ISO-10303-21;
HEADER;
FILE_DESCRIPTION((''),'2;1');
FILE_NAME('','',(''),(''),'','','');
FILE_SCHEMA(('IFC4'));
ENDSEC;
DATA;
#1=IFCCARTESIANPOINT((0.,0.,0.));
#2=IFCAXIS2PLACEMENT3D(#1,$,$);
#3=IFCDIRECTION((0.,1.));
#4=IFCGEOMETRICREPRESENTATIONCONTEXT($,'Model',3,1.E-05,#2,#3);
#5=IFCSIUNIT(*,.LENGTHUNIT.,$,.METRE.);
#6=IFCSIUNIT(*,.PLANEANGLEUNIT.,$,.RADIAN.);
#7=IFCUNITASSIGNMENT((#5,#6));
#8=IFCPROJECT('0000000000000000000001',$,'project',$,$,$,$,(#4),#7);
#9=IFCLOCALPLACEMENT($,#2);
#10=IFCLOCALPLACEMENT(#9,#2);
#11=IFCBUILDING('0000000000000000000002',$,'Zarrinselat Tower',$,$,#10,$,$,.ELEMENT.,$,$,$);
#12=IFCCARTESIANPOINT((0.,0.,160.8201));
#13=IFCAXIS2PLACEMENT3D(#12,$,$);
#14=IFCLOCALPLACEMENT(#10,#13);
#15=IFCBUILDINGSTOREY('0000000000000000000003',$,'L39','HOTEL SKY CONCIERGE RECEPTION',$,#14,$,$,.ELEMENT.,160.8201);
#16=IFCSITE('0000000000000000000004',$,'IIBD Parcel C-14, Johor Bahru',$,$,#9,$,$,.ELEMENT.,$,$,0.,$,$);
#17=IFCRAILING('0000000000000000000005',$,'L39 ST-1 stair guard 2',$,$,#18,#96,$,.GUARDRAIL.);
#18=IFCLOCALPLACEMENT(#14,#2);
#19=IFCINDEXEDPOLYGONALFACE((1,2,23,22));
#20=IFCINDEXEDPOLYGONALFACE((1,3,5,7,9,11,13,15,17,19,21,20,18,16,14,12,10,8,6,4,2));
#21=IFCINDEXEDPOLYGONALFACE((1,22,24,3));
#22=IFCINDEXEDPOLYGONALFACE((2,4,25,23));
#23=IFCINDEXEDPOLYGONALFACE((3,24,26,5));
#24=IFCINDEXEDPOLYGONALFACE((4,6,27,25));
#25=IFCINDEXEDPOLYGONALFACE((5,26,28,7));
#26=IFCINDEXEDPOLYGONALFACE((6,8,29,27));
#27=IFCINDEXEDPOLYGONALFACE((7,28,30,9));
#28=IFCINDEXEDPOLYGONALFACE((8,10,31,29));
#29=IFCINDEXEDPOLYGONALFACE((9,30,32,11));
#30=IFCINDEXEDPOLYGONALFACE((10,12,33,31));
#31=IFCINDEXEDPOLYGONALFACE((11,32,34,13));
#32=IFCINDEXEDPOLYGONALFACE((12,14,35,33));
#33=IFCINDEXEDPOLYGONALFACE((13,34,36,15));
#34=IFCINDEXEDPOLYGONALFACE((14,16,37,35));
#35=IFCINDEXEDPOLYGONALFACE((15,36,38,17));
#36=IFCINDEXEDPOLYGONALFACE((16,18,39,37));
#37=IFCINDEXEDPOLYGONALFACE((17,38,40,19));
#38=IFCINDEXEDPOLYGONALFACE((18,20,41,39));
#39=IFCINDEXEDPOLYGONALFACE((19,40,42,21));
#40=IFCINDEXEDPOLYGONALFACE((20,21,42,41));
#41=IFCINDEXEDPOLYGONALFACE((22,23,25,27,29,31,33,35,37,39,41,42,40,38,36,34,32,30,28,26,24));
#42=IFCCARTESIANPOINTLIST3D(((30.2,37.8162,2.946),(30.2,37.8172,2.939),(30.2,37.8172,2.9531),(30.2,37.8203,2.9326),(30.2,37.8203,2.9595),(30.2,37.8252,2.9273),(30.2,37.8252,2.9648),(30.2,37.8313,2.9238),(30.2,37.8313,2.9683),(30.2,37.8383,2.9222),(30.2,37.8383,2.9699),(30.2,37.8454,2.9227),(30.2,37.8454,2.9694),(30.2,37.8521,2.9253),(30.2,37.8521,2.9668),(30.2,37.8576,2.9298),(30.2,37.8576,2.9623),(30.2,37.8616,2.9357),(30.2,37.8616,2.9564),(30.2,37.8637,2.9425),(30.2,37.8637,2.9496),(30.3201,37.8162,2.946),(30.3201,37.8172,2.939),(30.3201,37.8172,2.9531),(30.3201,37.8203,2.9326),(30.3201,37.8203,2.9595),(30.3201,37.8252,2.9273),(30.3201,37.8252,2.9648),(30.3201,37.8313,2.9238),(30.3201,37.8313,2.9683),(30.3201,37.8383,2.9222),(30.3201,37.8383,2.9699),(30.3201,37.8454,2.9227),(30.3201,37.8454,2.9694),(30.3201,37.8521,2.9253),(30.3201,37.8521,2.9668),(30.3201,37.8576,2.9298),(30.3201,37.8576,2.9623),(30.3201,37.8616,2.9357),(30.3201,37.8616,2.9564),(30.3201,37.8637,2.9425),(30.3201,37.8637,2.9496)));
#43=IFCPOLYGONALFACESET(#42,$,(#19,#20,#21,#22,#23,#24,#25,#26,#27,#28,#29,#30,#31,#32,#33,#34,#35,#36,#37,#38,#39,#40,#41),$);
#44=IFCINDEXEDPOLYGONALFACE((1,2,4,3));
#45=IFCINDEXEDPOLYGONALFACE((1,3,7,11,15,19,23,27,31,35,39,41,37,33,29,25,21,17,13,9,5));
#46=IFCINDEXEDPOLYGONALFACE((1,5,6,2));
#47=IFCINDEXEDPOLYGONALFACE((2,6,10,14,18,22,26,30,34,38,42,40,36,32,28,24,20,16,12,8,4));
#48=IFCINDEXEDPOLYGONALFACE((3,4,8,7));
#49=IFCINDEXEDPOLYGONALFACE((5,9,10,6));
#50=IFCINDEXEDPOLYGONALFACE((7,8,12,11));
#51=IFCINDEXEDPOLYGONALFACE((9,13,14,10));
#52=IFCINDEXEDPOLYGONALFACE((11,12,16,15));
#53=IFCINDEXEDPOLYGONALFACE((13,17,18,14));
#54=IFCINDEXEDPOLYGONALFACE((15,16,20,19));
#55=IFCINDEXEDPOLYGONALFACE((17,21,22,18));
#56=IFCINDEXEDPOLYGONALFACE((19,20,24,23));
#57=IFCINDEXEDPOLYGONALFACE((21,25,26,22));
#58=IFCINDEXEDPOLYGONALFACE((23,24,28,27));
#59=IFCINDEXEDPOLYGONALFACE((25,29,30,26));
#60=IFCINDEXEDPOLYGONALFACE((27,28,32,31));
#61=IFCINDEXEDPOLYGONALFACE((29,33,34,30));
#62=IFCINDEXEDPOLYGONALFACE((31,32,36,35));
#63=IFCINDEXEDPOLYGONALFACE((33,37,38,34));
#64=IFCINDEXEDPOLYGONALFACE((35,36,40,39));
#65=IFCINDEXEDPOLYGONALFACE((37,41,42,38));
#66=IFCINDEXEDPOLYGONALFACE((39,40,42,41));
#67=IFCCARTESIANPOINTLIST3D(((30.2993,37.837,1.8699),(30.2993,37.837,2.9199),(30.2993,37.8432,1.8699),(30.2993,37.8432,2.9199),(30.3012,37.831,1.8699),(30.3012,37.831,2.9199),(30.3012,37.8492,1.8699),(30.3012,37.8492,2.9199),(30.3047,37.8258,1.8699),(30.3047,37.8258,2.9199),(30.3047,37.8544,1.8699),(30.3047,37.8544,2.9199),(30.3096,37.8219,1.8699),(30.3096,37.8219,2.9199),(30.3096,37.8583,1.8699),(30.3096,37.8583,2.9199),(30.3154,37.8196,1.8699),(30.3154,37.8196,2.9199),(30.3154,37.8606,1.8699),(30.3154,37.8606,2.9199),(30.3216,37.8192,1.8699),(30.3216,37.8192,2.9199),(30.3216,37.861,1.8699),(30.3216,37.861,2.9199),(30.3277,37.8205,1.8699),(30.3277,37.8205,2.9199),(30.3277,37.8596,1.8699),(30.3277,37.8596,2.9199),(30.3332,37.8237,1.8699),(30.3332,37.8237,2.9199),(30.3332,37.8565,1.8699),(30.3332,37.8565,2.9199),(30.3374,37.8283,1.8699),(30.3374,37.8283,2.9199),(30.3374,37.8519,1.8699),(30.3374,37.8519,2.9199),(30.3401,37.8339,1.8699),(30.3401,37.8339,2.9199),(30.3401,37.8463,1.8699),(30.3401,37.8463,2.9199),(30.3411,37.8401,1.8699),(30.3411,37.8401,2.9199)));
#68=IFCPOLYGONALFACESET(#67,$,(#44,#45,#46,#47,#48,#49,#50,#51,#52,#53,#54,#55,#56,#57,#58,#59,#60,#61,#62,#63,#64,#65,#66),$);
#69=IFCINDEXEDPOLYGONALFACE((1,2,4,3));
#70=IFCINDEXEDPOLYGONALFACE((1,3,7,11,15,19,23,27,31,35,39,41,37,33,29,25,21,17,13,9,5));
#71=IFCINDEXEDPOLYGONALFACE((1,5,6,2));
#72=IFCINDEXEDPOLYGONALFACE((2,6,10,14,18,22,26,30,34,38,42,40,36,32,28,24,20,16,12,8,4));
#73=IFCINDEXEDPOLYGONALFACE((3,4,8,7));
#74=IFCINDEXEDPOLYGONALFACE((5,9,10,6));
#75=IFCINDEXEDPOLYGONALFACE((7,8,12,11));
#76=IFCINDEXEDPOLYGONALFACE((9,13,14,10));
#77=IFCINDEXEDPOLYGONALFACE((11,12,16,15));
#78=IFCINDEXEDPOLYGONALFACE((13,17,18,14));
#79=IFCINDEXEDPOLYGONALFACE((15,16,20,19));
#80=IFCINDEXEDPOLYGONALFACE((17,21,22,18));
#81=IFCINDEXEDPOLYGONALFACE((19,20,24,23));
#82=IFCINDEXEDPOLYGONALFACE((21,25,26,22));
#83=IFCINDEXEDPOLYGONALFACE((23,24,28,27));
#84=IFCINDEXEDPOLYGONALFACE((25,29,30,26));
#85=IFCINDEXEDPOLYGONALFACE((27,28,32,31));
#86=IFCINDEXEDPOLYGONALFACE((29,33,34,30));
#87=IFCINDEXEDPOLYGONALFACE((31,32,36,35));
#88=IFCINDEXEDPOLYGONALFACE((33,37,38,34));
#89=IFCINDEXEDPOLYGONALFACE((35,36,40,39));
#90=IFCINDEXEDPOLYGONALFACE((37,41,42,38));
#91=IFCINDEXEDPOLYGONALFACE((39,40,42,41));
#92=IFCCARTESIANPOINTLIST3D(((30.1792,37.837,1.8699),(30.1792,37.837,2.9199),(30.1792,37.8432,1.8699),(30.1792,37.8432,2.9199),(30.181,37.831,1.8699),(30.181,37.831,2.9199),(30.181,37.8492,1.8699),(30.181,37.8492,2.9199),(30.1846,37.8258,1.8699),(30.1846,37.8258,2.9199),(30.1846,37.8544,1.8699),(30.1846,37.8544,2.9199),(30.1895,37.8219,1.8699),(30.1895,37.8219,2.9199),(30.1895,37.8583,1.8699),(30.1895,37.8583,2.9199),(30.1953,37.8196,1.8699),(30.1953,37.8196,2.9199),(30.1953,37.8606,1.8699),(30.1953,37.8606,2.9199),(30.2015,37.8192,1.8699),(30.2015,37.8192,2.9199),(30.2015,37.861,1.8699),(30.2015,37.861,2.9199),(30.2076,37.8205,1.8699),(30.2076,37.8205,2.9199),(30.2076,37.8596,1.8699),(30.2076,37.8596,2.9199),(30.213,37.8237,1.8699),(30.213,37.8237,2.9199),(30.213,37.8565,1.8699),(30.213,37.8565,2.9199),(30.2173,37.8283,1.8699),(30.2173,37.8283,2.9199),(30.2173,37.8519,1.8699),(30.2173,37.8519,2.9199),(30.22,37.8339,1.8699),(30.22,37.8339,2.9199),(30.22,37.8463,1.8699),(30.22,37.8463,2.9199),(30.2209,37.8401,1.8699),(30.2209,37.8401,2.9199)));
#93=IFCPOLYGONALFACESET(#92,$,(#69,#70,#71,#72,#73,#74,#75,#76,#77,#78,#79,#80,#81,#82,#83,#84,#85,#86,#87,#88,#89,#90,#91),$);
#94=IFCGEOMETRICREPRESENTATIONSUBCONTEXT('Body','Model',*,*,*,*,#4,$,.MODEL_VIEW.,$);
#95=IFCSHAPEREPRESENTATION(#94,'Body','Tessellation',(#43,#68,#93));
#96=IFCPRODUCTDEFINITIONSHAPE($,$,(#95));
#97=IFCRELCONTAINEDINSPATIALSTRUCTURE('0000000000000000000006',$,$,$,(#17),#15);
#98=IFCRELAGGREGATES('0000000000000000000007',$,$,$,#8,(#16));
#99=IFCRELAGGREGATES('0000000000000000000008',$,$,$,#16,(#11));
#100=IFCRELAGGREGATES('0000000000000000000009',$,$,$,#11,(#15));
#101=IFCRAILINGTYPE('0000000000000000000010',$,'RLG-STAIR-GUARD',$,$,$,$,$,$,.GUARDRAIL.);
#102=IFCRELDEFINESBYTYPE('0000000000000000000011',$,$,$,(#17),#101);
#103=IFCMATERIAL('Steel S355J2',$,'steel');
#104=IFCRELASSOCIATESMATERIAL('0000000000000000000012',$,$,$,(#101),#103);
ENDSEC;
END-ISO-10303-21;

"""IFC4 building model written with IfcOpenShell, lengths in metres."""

from ifc_helpers import new_model, si_unit, direction, frame, origin, origin_2d, place, context, subcontext, project, spatial, circle, extrude, material, type_object, element, save


model = new_model("IFC4")

# Units and contexts
model_context = context("Model", 3, precision=1e-05, world=origin(), true_north=direction((0.0, 1.0)))
body_context = subcontext(model_context, "Body", "Model", "MODEL_VIEW")
ifc_project = project(units=[si_unit("LENGTHUNIT", "METRE"), si_unit("PLANEANGLEUNIT", "RADIAN")], contexts=[model_context])

# Site, building, storey
site_placement = place(None, origin())
site = spatial("IfcSite", under=ifc_project, at=site_placement, Name="IIBD Parcel C-14, Johor Bahru", CompositionType="ELEMENT", RefElevation=0.0)
building_placement = place(site_placement, origin())
building = spatial("IfcBuilding", under=site, at=building_placement, Name="Zarrinselat Tower", CompositionType="ELEMENT")
storey_placement = place(building_placement, frame((0.0, 0.0, 160.8201)))
storey = spatial("IfcBuildingStorey", under=building, at=storey_placement, Name="L39", Description="HOTEL SKY CONCIERGE RECEPTION", CompositionType="ELEMENT", Elevation=160.8201)

# Railing
ifc_material_1 = material(Name="Steel S355J2", Category="steel")
railing_type_1 = type_object("IfcRailingType", Name="RLG-STAIR-GUARD", PredefinedType="GUARDRAIL", material=ifc_material_1)
railing_1_placement = place(storey_placement, frame((30.3201, 37.8401, 1.8699)))
element("IfcRailing", 1, at=railing_1_placement, inside=storey, type_object=railing_type_1, Name="L39 ST-1 stair guard 2", PredefinedType="GUARDRAIL", context=body_context, shape_type="SweptSolid", body=[
    extrude(circle(Radius=0.0239, at=origin_2d()), frame((0.0, 0.0, 1.0762), z_axis=(-1.0, 0.0, 0.0), x_axis=(0.0, -1.0, 0.0)), (0.0, 0.0, 1.0), 0.1201),
    extrude(circle(Radius=0.021, at=origin_2d()), origin(), (0.0, 0.0, 1.0), 1.05),
    extrude(circle(Radius=0.021, at=origin_2d()), frame((-0.1201, 0.0, 0.0)), (0.0, 0.0, 1.0), 1.05),
])

save(model, "model.ifc")
